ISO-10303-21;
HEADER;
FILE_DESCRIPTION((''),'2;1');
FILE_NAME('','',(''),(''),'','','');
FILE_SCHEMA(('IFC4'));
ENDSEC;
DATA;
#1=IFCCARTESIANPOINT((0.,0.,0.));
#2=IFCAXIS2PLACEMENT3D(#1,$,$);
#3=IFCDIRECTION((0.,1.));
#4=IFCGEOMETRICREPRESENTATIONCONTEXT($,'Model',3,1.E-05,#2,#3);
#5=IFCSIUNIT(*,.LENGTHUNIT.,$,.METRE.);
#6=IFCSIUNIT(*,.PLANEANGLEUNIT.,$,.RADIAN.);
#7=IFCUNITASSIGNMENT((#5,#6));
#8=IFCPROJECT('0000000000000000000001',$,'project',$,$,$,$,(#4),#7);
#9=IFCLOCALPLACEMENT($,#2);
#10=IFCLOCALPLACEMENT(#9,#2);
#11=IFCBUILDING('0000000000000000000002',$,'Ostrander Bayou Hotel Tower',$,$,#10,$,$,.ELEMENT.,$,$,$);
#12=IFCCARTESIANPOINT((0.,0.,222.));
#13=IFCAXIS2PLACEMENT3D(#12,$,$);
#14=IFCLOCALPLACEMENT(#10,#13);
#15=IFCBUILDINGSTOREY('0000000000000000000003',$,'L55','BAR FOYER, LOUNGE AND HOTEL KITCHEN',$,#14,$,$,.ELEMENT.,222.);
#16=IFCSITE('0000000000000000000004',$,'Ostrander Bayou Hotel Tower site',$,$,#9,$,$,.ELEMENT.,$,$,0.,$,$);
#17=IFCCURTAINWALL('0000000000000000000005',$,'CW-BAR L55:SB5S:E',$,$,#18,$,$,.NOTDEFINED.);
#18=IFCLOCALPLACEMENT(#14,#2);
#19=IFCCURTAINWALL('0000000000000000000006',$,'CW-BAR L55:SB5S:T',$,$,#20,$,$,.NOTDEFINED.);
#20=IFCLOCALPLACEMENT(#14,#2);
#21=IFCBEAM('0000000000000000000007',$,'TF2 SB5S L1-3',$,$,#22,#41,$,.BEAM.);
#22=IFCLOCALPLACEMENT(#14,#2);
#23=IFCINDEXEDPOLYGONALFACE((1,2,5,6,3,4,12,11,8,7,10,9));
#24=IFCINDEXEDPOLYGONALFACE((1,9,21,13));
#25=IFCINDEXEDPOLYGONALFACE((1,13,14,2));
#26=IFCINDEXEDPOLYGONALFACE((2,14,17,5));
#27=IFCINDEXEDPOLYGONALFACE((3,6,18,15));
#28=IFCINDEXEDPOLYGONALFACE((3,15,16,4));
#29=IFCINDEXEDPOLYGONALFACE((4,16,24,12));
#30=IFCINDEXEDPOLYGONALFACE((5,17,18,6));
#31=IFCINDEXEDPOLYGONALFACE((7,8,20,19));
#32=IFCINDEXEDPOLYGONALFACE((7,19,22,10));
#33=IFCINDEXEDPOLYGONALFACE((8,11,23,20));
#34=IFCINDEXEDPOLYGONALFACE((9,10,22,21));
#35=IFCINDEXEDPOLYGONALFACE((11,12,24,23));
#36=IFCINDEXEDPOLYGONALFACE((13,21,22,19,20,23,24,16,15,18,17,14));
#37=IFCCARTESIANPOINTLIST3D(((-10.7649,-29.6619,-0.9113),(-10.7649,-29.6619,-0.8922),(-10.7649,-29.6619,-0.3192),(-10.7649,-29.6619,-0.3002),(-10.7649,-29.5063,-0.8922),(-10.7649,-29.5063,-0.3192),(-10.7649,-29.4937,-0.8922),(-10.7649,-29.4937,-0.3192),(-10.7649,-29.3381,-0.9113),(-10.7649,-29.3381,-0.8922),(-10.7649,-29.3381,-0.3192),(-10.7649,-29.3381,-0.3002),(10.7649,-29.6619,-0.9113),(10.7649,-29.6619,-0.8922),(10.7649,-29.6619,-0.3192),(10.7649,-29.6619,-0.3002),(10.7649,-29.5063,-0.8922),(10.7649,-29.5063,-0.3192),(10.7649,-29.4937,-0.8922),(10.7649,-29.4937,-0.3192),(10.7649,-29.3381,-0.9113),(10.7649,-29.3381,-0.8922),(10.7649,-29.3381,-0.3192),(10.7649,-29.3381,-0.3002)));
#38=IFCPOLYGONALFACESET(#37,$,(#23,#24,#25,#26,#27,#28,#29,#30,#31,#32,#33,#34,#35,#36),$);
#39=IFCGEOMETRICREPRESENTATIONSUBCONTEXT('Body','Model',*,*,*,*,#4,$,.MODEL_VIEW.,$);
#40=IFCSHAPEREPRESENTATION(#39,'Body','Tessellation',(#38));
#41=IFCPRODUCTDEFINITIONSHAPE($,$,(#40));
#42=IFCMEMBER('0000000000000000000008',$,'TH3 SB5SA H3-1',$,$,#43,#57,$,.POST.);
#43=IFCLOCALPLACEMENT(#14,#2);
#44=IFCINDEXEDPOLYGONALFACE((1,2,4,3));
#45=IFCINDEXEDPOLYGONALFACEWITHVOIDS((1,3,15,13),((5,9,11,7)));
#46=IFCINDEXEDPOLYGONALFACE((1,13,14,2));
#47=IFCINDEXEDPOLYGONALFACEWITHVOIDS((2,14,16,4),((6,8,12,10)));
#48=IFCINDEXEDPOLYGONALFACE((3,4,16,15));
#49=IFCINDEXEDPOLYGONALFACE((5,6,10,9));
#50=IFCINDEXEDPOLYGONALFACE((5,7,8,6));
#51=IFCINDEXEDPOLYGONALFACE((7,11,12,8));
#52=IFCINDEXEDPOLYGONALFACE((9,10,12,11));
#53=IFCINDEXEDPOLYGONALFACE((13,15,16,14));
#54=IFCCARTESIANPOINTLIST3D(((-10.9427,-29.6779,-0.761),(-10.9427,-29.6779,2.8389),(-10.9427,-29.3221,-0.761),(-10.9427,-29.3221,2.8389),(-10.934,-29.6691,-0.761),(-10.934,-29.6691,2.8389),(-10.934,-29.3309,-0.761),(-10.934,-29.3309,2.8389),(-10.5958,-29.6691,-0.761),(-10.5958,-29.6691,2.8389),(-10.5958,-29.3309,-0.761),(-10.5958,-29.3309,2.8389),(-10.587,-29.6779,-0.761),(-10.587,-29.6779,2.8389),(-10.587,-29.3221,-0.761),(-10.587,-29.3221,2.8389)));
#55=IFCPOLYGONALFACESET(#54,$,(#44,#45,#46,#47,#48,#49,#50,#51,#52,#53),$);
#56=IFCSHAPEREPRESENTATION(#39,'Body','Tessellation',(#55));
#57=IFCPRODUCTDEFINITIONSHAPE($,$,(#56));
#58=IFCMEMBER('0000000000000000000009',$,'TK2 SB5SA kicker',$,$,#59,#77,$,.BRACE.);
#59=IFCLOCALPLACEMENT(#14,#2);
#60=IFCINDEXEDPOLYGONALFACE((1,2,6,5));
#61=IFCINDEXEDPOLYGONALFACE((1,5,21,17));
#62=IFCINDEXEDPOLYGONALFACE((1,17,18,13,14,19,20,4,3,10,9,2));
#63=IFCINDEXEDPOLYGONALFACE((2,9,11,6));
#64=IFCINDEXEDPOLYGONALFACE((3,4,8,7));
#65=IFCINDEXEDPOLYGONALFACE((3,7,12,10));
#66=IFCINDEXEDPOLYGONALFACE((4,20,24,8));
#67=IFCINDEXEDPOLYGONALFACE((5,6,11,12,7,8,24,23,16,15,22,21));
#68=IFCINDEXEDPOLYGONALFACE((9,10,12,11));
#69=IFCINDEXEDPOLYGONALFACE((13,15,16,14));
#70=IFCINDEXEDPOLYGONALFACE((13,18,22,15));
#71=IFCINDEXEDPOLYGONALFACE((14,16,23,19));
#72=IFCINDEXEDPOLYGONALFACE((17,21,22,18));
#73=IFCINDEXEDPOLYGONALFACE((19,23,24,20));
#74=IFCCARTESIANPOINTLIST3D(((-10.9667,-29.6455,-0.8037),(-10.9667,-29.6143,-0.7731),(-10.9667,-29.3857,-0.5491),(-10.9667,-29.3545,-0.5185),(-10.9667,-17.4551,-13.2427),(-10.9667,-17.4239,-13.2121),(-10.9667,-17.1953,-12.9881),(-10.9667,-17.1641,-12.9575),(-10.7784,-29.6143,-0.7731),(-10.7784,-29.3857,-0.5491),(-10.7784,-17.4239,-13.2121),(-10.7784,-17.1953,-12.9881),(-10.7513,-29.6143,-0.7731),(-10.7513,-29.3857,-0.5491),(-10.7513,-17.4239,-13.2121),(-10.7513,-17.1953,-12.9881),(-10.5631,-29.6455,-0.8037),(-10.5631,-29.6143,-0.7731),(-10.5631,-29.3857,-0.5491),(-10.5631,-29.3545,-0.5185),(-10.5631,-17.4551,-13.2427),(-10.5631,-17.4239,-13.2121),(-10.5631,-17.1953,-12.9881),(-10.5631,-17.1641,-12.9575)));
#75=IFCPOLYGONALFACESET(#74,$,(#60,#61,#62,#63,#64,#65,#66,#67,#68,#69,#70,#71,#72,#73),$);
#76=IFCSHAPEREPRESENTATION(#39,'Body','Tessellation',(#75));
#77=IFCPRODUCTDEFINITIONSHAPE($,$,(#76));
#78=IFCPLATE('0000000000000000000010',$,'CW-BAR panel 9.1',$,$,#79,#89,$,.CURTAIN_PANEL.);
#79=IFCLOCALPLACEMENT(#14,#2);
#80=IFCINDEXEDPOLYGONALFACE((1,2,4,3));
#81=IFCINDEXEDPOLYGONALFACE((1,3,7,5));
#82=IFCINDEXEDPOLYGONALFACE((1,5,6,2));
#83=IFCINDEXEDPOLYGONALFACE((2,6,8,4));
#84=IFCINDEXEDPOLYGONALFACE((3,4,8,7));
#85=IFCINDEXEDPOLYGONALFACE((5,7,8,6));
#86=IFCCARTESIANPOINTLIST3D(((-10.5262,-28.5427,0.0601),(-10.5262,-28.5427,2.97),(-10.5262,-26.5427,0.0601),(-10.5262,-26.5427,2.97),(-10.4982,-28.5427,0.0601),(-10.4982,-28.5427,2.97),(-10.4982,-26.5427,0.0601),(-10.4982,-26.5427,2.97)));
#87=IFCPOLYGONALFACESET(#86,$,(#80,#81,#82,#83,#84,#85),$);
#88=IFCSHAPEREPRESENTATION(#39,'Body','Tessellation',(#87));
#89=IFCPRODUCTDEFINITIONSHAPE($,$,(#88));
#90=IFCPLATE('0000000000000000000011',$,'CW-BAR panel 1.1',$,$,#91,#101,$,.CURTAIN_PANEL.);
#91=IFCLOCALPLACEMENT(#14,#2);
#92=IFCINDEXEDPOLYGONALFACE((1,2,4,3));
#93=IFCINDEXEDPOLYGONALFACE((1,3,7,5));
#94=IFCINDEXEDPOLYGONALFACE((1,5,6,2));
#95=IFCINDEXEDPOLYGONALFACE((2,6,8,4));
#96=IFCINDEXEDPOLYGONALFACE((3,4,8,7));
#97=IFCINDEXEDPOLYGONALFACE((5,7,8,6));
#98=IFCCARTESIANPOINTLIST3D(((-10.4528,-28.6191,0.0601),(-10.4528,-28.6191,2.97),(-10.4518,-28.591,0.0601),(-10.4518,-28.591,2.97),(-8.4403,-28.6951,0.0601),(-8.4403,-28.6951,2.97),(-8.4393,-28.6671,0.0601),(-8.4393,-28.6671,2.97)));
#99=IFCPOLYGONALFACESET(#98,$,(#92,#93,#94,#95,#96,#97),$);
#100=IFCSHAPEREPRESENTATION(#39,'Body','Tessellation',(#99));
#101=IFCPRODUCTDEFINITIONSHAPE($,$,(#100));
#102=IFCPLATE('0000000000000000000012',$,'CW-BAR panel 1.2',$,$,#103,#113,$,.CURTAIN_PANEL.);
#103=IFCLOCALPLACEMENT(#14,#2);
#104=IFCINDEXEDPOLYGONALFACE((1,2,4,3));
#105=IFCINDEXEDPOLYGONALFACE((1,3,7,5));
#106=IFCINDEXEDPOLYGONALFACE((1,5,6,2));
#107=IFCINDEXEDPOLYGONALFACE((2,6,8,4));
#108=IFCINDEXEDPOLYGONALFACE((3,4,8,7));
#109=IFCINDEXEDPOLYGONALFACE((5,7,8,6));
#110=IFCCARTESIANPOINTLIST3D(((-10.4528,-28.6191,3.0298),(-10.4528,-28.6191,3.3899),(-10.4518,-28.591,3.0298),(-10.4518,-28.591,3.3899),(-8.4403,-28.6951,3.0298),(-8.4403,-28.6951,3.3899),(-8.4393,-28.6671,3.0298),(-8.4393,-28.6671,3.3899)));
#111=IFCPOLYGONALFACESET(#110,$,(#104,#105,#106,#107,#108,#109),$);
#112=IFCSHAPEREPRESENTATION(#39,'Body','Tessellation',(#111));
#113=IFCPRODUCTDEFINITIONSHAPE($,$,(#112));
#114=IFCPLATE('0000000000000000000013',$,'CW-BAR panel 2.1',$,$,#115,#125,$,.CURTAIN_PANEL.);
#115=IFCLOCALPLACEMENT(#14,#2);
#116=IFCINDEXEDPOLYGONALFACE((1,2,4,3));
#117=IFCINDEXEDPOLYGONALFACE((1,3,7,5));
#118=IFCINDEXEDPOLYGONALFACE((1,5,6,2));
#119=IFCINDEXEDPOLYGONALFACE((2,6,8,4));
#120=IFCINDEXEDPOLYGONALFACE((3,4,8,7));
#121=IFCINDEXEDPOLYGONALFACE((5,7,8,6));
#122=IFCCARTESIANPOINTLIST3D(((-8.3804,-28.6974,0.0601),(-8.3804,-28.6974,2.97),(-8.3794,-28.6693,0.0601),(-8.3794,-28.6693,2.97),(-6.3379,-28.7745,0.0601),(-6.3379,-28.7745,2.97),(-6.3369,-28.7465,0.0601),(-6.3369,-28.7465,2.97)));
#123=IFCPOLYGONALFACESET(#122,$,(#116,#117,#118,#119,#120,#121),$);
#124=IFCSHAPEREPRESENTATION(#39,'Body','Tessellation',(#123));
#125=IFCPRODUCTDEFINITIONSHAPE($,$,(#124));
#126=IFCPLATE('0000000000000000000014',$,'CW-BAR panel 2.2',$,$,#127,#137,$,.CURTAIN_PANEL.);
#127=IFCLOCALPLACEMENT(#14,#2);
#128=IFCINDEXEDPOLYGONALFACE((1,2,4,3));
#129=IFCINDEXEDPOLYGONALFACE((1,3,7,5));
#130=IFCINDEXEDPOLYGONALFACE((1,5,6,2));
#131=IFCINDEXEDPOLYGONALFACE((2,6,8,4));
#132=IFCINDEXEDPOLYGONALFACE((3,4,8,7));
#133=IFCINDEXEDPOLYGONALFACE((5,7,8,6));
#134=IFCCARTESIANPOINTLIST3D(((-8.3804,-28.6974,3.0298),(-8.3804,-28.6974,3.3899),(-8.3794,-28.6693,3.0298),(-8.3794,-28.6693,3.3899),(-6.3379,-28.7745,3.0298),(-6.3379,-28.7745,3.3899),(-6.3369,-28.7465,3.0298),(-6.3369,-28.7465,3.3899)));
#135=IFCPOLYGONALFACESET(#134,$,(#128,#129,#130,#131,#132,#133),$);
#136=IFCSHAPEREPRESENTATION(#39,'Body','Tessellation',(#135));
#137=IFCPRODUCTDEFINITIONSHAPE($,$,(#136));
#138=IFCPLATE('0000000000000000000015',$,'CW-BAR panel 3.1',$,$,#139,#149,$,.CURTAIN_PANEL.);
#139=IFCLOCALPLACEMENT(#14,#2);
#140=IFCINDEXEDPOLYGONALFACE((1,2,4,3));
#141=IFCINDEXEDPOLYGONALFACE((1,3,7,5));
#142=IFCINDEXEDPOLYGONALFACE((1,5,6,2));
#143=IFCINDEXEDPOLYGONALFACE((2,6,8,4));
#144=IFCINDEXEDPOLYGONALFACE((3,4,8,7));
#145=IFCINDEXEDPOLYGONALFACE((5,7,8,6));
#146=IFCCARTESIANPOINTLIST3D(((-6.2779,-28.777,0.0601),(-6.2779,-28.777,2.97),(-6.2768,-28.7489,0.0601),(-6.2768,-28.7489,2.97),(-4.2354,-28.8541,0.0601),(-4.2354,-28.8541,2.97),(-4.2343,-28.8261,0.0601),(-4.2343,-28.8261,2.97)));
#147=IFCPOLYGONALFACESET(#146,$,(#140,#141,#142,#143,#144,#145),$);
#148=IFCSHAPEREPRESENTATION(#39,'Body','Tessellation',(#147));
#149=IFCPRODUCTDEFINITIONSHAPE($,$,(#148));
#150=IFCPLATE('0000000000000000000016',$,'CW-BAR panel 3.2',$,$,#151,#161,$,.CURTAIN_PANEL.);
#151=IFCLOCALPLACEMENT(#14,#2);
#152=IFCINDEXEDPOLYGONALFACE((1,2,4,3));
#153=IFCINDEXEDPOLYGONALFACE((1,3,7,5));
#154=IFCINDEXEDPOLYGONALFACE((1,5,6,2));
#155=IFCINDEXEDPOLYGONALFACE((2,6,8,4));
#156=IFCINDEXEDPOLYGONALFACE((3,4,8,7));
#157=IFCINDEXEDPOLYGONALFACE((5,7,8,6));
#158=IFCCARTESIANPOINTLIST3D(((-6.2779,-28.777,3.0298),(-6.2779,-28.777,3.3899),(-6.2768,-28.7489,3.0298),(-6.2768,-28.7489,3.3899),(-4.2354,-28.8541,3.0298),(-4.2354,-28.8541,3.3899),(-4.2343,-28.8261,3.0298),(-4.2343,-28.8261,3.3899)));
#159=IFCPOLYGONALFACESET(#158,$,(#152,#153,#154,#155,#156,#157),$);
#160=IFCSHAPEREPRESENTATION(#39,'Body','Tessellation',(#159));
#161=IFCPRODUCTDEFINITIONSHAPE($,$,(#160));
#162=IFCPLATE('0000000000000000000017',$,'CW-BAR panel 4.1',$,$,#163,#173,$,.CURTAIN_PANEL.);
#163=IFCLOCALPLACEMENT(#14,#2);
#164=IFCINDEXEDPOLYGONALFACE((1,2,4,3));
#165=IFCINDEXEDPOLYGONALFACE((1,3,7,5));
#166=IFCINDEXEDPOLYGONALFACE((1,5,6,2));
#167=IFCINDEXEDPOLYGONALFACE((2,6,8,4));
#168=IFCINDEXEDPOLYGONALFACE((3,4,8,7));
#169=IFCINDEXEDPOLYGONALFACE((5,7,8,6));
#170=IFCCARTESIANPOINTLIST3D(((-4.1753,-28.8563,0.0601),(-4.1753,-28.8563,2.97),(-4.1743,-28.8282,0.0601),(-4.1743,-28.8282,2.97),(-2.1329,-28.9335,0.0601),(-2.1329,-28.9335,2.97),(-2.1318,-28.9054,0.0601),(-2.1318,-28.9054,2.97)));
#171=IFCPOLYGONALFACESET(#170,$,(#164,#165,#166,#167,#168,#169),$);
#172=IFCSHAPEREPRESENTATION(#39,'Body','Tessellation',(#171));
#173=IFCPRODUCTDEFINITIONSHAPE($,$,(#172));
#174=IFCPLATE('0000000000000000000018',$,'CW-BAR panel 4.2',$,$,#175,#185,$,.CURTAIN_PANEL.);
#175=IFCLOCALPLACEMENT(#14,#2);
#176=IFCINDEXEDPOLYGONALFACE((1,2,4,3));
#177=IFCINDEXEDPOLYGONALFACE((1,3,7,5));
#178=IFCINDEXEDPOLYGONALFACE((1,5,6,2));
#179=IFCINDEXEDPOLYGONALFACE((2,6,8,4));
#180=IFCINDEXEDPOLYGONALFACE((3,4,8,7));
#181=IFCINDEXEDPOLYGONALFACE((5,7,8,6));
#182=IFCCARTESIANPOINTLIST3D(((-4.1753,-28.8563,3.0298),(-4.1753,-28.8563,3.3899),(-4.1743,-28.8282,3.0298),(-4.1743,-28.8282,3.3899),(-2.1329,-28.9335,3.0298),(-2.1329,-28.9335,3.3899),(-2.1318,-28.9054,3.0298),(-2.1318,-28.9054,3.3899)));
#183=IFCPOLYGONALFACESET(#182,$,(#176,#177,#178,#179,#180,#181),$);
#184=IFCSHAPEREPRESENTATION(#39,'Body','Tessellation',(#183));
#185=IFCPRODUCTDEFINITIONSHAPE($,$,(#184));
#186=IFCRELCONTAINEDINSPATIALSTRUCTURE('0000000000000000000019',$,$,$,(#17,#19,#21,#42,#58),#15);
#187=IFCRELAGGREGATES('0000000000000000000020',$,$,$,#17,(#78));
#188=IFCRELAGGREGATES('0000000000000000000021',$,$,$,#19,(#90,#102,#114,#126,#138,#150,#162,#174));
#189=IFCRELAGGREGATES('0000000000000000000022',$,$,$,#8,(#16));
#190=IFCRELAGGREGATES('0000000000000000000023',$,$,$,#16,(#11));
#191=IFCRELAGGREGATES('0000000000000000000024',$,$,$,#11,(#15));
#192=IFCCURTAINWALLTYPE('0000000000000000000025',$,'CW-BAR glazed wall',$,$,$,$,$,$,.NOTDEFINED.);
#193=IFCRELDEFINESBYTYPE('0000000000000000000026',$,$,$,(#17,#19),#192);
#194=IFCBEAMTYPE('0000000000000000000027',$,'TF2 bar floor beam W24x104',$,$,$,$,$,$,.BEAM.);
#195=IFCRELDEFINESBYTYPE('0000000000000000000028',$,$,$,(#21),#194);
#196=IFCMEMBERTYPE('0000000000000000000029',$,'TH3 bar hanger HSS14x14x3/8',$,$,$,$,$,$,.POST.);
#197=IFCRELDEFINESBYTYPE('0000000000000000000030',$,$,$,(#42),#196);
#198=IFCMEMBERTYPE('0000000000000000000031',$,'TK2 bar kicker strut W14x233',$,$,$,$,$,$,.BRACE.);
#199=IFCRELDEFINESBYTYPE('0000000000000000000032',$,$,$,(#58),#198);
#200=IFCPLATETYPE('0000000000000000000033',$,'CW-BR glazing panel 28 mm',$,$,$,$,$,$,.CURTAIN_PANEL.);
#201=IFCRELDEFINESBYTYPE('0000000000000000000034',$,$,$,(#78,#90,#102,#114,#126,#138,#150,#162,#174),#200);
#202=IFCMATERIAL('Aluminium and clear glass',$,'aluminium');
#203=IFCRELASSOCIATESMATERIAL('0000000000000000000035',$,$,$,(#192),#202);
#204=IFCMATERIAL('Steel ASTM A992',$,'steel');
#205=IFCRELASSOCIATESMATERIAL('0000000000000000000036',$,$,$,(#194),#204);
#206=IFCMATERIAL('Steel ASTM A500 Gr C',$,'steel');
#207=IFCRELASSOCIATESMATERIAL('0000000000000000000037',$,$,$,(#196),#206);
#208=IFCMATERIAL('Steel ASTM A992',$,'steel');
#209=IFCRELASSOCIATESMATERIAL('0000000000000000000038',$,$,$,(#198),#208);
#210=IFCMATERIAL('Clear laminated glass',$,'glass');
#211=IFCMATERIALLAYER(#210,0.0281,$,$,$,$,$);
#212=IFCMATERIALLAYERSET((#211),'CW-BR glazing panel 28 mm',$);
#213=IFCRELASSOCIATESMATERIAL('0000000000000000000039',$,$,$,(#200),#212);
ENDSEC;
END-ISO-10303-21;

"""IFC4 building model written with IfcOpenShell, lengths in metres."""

from ifc_helpers import new_model, si_unit, direction, frame, origin, origin_2d, place, context, subcontext, project, spatial, rectangle, hollow_rectangle, i_section, extrude, material, layer, layer_set, material_profile, profile_set, type_object, element, aggregate, save


model = new_model("IFC4")

# Units and contexts
model_context = context("Model", 3, precision=1e-05, world=origin(), true_north=direction((0.0, 1.0)))
body_context = subcontext(model_context, "Body", "Model", "MODEL_VIEW")
ifc_project = project(units=[si_unit("LENGTHUNIT", "METRE"), si_unit("PLANEANGLEUNIT", "RADIAN")], contexts=[model_context])

# Site, building, storey
site_placement = place(None, origin())
site = spatial("IfcSite", under=ifc_project, at=site_placement, Name="Ostrander Bayou Hotel Tower site", CompositionType="ELEMENT", RefElevation=0.0)
building_placement = place(site_placement, origin())
building = spatial("IfcBuilding", under=site, at=building_placement, Name="Ostrander Bayou Hotel Tower", CompositionType="ELEMENT")
storey_placement = place(building_placement, frame((0.0, 0.0, 222.0)))
storey = spatial("IfcBuildingStorey", under=building, at=storey_placement, Name="L55", Description="BAR FOYER, LOUNGE AND HOTEL KITCHEN", CompositionType="ELEMENT", Elevation=222.0)

# Curtain wall
ifc_material_1 = material(Name="Aluminium and clear glass", Category="aluminium")
curtain_wall_type = type_object("IfcCurtainWallType", Name="CW-BAR glazed wall", PredefinedType="NOTDEFINED", material=ifc_material_1)
curtain_wall_1_placement = place(storey_placement, origin())
curtain_wall_1 = element("IfcCurtainWall", 1, at=curtain_wall_1_placement, inside=storey, type_object=curtain_wall_type, Name="CW-BAR L55:SB5S:E", PredefinedType="NOTDEFINED")

# Curtain wall
curtain_wall_2_placement = place(storey_placement, origin())
curtain_wall_2 = element("IfcCurtainWall", 2, at=curtain_wall_2_placement, inside=storey, type_object=curtain_wall_type, Name="CW-BAR L55:SB5S:T", PredefinedType="NOTDEFINED")

# Beam
ifc_material_2 = material(Name="Steel ASTM A992", Category="steel")
ifc_material_profile_1 = material_profile(ifc_material_2, i_section(OverallWidth=0.3237, OverallDepth=0.6111, WebThickness=0.0127, FlangeThickness=0.019, at=origin_2d()))
ifc_profile_set_1 = profile_set([ifc_material_profile_1], Name="Steel ASTM A992")
beam_type = type_object("IfcBeamType", Name="TF2 bar floor beam W24x104", PredefinedType="BEAM", material=ifc_profile_set_1)
beam_placement = place(storey_placement, frame((-10.7649, -29.5, -0.6057), z_axis=(1.0, 0.0, 0.0), x_axis=(0.0, 1.0, 0.0)))
element("IfcBeam", 3, at=beam_placement, inside=storey, type_object=beam_type, Name="TF2 SB5S L1-3", PredefinedType="BEAM", context=body_context, shape_type="SweptSolid", body=[
    extrude(i_section(OverallWidth=0.3237, OverallDepth=0.6111, WebThickness=0.0127, FlangeThickness=0.019, at=origin_2d()), origin(), (0.0, 0.0, 1.0), 21.5298),
])

# Members
ifc_material_3 = material(Name="Steel ASTM A500 Gr C", Category="steel")
ifc_material_profile_2 = material_profile(ifc_material_3, hollow_rectangle(XDim=0.3557, YDim=0.3557, WallThickness=0.0088, at=origin_2d()))
ifc_profile_set_2 = profile_set([ifc_material_profile_2], Name="Steel ASTM A500 Gr C")
member_type_1 = type_object("IfcMemberType", Name="TH3 bar hanger HSS14x14x3/8", PredefinedType="POST", material=ifc_profile_set_2)
member_1_placement = place(storey_placement, frame((-10.7649, -29.5, -0.761), z_axis=(0.0, 0.0, 1.0), x_axis=(1.0, 0.0, 0.0)))
element("IfcMember", 4, at=member_1_placement, inside=storey, type_object=member_type_1, Name="TH3 SB5SA H3-1", PredefinedType="POST", context=body_context, shape_type="SweptSolid", body=[
    extrude(hollow_rectangle(XDim=0.3557, YDim=0.3557, WallThickness=0.0088, at=origin_2d()), origin(), (0.0, 0.0, 1.0), 3.5999),
])
ifc_material_4 = material(Name="Steel ASTM A992", Category="steel")
ifc_material_profile_3 = material_profile(ifc_material_4, i_section(OverallWidth=0.4036, OverallDepth=0.4075, WebThickness=0.0271, FlangeThickness=0.0437, at=origin_2d()))
ifc_profile_set_3 = profile_set([ifc_material_profile_3], Name="Steel ASTM A992")
member_type_2 = type_object("IfcMemberType", Name="TK2 bar kicker strut W14x233", PredefinedType="BRACE", material=ifc_profile_set_3)
member_2_placement = place(storey_placement, frame((-10.7649, -29.5, -0.6611), z_axis=(0.0, 0.699936, -0.714206), x_axis=(-1.0, 0.0, 0.0)))
element("IfcMember", 5, at=member_2_placement, inside=storey, type_object=member_type_2, Name="TK2 SB5SA kicker", PredefinedType="BRACE", context=body_context, shape_type="SweptSolid", body=[
    extrude(i_section(OverallWidth=0.4036, OverallDepth=0.4075, WebThickness=0.0271, FlangeThickness=0.0437, at=origin_2d()), origin(), (0.0, 0.0, 1.0), 17.4165),
])

# Plates
ifc_material_5 = material(Name="Clear laminated glass", Category="glass")
ifc_layer_1 = layer(ifc_material_5, 0.0281)
ifc_layer_set_1 = layer_set([ifc_layer_1], Name="CW-BR glazing panel 28 mm")
plate_type = type_object("IfcPlateType", Name="CW-BR glazing panel 28 mm", PredefinedType="CURTAIN_PANEL", material=ifc_layer_set_1)
plate_1_placement = place(storey_placement, frame((-10.5122, -27.5427, 0.0601), z_axis=(0.0, 0.0, 1.0), x_axis=(0.0, -1.0, 0.0)))
plate_1 = element("IfcPlate", 6, at=plate_1_placement, type_object=plate_type, Name="CW-BAR panel 9.1", PredefinedType="CURTAIN_PANEL", context=body_context, shape_type="SweptSolid", body=[
    extrude(rectangle(XDim=2.0, YDim=0.0281, at=origin_2d()), origin(), (0.0, 0.0, 1.0), 2.9099),
])
aggregate(curtain_wall_1, [plate_1])
plate_2_placement = place(storey_placement, frame((-9.446, -28.6431, 0.0601), z_axis=(0.0, 0.0, 1.0), x_axis=(0.999287, -0.037758, 0.0)))
plate_2 = element("IfcPlate", 7, at=plate_2_placement, type_object=plate_type, Name="CW-BAR panel 1.1", PredefinedType="CURTAIN_PANEL", context=body_context, shape_type="SweptSolid", body=[
    extrude(rectangle(XDim=2.0139, YDim=0.0281, at=origin_2d()), origin(), (0.0, 0.0, 1.0), 2.9099),
])
plate_3_placement = place(storey_placement, frame((-9.446, -28.6431, 3.0298), z_axis=(0.0, 0.0, 1.0), x_axis=(0.999287, -0.037758, 0.0)))
plate_3 = element("IfcPlate", 8, at=plate_3_placement, type_object=plate_type, Name="CW-BAR panel 1.2", PredefinedType="CURTAIN_PANEL", context=body_context, shape_type="SweptSolid", body=[
    extrude(rectangle(XDim=2.0139, YDim=0.0281, at=origin_2d()), origin(), (0.0, 0.0, 1.0), 0.3601),
])
plate_4_placement = place(storey_placement, frame((-7.3586, -28.7219, 0.0601), z_axis=(0.0, 0.0, 1.0), x_axis=(0.999287, -0.037758, 0.0)))
plate_4 = element("IfcPlate", 9, at=plate_4_placement, type_object=plate_type, Name="CW-BAR panel 2.1", PredefinedType="CURTAIN_PANEL", context=body_context, shape_type="SweptSolid", body=[
    extrude(rectangle(XDim=2.0439, YDim=0.0281, at=origin_2d()), origin(), (0.0, 0.0, 1.0), 2.9099),
])
plate_5_placement = place(storey_placement, frame((-7.3586, -28.7219, 3.0298), z_axis=(0.0, 0.0, 1.0), x_axis=(0.999287, -0.037758, 0.0)))
plate_5 = element("IfcPlate", 10, at=plate_5_placement, type_object=plate_type, Name="CW-BAR panel 2.2", PredefinedType="CURTAIN_PANEL", context=body_context, shape_type="SweptSolid", body=[
    extrude(rectangle(XDim=2.0439, YDim=0.0281, at=origin_2d()), origin(), (0.0, 0.0, 1.0), 0.3601),
])
plate_6_placement = place(storey_placement, frame((-5.2561, -28.8015, 0.0601), z_axis=(0.0, 0.0, 1.0), x_axis=(0.999287, -0.037758, 0.0)))
plate_6 = element("IfcPlate", 11, at=plate_6_placement, type_object=plate_type, Name="CW-BAR panel 3.1", PredefinedType="CURTAIN_PANEL", context=body_context, shape_type="SweptSolid", body=[
    extrude(rectangle(XDim=2.0439, YDim=0.0281, at=origin_2d()), origin(), (0.0, 0.0, 1.0), 2.9099),
])
plate_7_placement = place(storey_placement, frame((-5.2561, -28.8015, 3.0298), z_axis=(0.0, 0.0, 1.0), x_axis=(0.999287, -0.037758, 0.0)))
plate_7 = element("IfcPlate", 12, at=plate_7_placement, type_object=plate_type, Name="CW-BAR panel 3.2", PredefinedType="CURTAIN_PANEL", context=body_context, shape_type="SweptSolid", body=[
    extrude(rectangle(XDim=2.0439, YDim=0.0281, at=origin_2d()), origin(), (0.0, 0.0, 1.0), 0.3601),
])
plate_8_placement = place(storey_placement, frame((-3.1536, -28.8809, 0.0601), z_axis=(0.0, 0.0, 1.0), x_axis=(0.999287, -0.037758, 0.0)))
plate_8 = element("IfcPlate", 13, at=plate_8_placement, type_object=plate_type, Name="CW-BAR panel 4.1", PredefinedType="CURTAIN_PANEL", context=body_context, shape_type="SweptSolid", body=[
    extrude(rectangle(XDim=2.0439, YDim=0.0281, at=origin_2d()), origin(), (0.0, 0.0, 1.0), 2.9099),
])
plate_9_placement = place(storey_placement, frame((-3.1536, -28.8809, 3.0298), z_axis=(0.0, 0.0, 1.0), x_axis=(0.999287, -0.037758, 0.0)))
plate_9 = element("IfcPlate", 14, at=plate_9_placement, type_object=plate_type, Name="CW-BAR panel 4.2", PredefinedType="CURTAIN_PANEL", context=body_context, shape_type="SweptSolid", body=[
    extrude(rectangle(XDim=2.0439, YDim=0.0281, at=origin_2d()), origin(), (0.0, 0.0, 1.0), 0.3601),
])
aggregate(curtain_wall_2, [plate_2, plate_3, plate_4, plate_5, plate_6, plate_7, plate_8, plate_9])

save(model, "model.ifc")
